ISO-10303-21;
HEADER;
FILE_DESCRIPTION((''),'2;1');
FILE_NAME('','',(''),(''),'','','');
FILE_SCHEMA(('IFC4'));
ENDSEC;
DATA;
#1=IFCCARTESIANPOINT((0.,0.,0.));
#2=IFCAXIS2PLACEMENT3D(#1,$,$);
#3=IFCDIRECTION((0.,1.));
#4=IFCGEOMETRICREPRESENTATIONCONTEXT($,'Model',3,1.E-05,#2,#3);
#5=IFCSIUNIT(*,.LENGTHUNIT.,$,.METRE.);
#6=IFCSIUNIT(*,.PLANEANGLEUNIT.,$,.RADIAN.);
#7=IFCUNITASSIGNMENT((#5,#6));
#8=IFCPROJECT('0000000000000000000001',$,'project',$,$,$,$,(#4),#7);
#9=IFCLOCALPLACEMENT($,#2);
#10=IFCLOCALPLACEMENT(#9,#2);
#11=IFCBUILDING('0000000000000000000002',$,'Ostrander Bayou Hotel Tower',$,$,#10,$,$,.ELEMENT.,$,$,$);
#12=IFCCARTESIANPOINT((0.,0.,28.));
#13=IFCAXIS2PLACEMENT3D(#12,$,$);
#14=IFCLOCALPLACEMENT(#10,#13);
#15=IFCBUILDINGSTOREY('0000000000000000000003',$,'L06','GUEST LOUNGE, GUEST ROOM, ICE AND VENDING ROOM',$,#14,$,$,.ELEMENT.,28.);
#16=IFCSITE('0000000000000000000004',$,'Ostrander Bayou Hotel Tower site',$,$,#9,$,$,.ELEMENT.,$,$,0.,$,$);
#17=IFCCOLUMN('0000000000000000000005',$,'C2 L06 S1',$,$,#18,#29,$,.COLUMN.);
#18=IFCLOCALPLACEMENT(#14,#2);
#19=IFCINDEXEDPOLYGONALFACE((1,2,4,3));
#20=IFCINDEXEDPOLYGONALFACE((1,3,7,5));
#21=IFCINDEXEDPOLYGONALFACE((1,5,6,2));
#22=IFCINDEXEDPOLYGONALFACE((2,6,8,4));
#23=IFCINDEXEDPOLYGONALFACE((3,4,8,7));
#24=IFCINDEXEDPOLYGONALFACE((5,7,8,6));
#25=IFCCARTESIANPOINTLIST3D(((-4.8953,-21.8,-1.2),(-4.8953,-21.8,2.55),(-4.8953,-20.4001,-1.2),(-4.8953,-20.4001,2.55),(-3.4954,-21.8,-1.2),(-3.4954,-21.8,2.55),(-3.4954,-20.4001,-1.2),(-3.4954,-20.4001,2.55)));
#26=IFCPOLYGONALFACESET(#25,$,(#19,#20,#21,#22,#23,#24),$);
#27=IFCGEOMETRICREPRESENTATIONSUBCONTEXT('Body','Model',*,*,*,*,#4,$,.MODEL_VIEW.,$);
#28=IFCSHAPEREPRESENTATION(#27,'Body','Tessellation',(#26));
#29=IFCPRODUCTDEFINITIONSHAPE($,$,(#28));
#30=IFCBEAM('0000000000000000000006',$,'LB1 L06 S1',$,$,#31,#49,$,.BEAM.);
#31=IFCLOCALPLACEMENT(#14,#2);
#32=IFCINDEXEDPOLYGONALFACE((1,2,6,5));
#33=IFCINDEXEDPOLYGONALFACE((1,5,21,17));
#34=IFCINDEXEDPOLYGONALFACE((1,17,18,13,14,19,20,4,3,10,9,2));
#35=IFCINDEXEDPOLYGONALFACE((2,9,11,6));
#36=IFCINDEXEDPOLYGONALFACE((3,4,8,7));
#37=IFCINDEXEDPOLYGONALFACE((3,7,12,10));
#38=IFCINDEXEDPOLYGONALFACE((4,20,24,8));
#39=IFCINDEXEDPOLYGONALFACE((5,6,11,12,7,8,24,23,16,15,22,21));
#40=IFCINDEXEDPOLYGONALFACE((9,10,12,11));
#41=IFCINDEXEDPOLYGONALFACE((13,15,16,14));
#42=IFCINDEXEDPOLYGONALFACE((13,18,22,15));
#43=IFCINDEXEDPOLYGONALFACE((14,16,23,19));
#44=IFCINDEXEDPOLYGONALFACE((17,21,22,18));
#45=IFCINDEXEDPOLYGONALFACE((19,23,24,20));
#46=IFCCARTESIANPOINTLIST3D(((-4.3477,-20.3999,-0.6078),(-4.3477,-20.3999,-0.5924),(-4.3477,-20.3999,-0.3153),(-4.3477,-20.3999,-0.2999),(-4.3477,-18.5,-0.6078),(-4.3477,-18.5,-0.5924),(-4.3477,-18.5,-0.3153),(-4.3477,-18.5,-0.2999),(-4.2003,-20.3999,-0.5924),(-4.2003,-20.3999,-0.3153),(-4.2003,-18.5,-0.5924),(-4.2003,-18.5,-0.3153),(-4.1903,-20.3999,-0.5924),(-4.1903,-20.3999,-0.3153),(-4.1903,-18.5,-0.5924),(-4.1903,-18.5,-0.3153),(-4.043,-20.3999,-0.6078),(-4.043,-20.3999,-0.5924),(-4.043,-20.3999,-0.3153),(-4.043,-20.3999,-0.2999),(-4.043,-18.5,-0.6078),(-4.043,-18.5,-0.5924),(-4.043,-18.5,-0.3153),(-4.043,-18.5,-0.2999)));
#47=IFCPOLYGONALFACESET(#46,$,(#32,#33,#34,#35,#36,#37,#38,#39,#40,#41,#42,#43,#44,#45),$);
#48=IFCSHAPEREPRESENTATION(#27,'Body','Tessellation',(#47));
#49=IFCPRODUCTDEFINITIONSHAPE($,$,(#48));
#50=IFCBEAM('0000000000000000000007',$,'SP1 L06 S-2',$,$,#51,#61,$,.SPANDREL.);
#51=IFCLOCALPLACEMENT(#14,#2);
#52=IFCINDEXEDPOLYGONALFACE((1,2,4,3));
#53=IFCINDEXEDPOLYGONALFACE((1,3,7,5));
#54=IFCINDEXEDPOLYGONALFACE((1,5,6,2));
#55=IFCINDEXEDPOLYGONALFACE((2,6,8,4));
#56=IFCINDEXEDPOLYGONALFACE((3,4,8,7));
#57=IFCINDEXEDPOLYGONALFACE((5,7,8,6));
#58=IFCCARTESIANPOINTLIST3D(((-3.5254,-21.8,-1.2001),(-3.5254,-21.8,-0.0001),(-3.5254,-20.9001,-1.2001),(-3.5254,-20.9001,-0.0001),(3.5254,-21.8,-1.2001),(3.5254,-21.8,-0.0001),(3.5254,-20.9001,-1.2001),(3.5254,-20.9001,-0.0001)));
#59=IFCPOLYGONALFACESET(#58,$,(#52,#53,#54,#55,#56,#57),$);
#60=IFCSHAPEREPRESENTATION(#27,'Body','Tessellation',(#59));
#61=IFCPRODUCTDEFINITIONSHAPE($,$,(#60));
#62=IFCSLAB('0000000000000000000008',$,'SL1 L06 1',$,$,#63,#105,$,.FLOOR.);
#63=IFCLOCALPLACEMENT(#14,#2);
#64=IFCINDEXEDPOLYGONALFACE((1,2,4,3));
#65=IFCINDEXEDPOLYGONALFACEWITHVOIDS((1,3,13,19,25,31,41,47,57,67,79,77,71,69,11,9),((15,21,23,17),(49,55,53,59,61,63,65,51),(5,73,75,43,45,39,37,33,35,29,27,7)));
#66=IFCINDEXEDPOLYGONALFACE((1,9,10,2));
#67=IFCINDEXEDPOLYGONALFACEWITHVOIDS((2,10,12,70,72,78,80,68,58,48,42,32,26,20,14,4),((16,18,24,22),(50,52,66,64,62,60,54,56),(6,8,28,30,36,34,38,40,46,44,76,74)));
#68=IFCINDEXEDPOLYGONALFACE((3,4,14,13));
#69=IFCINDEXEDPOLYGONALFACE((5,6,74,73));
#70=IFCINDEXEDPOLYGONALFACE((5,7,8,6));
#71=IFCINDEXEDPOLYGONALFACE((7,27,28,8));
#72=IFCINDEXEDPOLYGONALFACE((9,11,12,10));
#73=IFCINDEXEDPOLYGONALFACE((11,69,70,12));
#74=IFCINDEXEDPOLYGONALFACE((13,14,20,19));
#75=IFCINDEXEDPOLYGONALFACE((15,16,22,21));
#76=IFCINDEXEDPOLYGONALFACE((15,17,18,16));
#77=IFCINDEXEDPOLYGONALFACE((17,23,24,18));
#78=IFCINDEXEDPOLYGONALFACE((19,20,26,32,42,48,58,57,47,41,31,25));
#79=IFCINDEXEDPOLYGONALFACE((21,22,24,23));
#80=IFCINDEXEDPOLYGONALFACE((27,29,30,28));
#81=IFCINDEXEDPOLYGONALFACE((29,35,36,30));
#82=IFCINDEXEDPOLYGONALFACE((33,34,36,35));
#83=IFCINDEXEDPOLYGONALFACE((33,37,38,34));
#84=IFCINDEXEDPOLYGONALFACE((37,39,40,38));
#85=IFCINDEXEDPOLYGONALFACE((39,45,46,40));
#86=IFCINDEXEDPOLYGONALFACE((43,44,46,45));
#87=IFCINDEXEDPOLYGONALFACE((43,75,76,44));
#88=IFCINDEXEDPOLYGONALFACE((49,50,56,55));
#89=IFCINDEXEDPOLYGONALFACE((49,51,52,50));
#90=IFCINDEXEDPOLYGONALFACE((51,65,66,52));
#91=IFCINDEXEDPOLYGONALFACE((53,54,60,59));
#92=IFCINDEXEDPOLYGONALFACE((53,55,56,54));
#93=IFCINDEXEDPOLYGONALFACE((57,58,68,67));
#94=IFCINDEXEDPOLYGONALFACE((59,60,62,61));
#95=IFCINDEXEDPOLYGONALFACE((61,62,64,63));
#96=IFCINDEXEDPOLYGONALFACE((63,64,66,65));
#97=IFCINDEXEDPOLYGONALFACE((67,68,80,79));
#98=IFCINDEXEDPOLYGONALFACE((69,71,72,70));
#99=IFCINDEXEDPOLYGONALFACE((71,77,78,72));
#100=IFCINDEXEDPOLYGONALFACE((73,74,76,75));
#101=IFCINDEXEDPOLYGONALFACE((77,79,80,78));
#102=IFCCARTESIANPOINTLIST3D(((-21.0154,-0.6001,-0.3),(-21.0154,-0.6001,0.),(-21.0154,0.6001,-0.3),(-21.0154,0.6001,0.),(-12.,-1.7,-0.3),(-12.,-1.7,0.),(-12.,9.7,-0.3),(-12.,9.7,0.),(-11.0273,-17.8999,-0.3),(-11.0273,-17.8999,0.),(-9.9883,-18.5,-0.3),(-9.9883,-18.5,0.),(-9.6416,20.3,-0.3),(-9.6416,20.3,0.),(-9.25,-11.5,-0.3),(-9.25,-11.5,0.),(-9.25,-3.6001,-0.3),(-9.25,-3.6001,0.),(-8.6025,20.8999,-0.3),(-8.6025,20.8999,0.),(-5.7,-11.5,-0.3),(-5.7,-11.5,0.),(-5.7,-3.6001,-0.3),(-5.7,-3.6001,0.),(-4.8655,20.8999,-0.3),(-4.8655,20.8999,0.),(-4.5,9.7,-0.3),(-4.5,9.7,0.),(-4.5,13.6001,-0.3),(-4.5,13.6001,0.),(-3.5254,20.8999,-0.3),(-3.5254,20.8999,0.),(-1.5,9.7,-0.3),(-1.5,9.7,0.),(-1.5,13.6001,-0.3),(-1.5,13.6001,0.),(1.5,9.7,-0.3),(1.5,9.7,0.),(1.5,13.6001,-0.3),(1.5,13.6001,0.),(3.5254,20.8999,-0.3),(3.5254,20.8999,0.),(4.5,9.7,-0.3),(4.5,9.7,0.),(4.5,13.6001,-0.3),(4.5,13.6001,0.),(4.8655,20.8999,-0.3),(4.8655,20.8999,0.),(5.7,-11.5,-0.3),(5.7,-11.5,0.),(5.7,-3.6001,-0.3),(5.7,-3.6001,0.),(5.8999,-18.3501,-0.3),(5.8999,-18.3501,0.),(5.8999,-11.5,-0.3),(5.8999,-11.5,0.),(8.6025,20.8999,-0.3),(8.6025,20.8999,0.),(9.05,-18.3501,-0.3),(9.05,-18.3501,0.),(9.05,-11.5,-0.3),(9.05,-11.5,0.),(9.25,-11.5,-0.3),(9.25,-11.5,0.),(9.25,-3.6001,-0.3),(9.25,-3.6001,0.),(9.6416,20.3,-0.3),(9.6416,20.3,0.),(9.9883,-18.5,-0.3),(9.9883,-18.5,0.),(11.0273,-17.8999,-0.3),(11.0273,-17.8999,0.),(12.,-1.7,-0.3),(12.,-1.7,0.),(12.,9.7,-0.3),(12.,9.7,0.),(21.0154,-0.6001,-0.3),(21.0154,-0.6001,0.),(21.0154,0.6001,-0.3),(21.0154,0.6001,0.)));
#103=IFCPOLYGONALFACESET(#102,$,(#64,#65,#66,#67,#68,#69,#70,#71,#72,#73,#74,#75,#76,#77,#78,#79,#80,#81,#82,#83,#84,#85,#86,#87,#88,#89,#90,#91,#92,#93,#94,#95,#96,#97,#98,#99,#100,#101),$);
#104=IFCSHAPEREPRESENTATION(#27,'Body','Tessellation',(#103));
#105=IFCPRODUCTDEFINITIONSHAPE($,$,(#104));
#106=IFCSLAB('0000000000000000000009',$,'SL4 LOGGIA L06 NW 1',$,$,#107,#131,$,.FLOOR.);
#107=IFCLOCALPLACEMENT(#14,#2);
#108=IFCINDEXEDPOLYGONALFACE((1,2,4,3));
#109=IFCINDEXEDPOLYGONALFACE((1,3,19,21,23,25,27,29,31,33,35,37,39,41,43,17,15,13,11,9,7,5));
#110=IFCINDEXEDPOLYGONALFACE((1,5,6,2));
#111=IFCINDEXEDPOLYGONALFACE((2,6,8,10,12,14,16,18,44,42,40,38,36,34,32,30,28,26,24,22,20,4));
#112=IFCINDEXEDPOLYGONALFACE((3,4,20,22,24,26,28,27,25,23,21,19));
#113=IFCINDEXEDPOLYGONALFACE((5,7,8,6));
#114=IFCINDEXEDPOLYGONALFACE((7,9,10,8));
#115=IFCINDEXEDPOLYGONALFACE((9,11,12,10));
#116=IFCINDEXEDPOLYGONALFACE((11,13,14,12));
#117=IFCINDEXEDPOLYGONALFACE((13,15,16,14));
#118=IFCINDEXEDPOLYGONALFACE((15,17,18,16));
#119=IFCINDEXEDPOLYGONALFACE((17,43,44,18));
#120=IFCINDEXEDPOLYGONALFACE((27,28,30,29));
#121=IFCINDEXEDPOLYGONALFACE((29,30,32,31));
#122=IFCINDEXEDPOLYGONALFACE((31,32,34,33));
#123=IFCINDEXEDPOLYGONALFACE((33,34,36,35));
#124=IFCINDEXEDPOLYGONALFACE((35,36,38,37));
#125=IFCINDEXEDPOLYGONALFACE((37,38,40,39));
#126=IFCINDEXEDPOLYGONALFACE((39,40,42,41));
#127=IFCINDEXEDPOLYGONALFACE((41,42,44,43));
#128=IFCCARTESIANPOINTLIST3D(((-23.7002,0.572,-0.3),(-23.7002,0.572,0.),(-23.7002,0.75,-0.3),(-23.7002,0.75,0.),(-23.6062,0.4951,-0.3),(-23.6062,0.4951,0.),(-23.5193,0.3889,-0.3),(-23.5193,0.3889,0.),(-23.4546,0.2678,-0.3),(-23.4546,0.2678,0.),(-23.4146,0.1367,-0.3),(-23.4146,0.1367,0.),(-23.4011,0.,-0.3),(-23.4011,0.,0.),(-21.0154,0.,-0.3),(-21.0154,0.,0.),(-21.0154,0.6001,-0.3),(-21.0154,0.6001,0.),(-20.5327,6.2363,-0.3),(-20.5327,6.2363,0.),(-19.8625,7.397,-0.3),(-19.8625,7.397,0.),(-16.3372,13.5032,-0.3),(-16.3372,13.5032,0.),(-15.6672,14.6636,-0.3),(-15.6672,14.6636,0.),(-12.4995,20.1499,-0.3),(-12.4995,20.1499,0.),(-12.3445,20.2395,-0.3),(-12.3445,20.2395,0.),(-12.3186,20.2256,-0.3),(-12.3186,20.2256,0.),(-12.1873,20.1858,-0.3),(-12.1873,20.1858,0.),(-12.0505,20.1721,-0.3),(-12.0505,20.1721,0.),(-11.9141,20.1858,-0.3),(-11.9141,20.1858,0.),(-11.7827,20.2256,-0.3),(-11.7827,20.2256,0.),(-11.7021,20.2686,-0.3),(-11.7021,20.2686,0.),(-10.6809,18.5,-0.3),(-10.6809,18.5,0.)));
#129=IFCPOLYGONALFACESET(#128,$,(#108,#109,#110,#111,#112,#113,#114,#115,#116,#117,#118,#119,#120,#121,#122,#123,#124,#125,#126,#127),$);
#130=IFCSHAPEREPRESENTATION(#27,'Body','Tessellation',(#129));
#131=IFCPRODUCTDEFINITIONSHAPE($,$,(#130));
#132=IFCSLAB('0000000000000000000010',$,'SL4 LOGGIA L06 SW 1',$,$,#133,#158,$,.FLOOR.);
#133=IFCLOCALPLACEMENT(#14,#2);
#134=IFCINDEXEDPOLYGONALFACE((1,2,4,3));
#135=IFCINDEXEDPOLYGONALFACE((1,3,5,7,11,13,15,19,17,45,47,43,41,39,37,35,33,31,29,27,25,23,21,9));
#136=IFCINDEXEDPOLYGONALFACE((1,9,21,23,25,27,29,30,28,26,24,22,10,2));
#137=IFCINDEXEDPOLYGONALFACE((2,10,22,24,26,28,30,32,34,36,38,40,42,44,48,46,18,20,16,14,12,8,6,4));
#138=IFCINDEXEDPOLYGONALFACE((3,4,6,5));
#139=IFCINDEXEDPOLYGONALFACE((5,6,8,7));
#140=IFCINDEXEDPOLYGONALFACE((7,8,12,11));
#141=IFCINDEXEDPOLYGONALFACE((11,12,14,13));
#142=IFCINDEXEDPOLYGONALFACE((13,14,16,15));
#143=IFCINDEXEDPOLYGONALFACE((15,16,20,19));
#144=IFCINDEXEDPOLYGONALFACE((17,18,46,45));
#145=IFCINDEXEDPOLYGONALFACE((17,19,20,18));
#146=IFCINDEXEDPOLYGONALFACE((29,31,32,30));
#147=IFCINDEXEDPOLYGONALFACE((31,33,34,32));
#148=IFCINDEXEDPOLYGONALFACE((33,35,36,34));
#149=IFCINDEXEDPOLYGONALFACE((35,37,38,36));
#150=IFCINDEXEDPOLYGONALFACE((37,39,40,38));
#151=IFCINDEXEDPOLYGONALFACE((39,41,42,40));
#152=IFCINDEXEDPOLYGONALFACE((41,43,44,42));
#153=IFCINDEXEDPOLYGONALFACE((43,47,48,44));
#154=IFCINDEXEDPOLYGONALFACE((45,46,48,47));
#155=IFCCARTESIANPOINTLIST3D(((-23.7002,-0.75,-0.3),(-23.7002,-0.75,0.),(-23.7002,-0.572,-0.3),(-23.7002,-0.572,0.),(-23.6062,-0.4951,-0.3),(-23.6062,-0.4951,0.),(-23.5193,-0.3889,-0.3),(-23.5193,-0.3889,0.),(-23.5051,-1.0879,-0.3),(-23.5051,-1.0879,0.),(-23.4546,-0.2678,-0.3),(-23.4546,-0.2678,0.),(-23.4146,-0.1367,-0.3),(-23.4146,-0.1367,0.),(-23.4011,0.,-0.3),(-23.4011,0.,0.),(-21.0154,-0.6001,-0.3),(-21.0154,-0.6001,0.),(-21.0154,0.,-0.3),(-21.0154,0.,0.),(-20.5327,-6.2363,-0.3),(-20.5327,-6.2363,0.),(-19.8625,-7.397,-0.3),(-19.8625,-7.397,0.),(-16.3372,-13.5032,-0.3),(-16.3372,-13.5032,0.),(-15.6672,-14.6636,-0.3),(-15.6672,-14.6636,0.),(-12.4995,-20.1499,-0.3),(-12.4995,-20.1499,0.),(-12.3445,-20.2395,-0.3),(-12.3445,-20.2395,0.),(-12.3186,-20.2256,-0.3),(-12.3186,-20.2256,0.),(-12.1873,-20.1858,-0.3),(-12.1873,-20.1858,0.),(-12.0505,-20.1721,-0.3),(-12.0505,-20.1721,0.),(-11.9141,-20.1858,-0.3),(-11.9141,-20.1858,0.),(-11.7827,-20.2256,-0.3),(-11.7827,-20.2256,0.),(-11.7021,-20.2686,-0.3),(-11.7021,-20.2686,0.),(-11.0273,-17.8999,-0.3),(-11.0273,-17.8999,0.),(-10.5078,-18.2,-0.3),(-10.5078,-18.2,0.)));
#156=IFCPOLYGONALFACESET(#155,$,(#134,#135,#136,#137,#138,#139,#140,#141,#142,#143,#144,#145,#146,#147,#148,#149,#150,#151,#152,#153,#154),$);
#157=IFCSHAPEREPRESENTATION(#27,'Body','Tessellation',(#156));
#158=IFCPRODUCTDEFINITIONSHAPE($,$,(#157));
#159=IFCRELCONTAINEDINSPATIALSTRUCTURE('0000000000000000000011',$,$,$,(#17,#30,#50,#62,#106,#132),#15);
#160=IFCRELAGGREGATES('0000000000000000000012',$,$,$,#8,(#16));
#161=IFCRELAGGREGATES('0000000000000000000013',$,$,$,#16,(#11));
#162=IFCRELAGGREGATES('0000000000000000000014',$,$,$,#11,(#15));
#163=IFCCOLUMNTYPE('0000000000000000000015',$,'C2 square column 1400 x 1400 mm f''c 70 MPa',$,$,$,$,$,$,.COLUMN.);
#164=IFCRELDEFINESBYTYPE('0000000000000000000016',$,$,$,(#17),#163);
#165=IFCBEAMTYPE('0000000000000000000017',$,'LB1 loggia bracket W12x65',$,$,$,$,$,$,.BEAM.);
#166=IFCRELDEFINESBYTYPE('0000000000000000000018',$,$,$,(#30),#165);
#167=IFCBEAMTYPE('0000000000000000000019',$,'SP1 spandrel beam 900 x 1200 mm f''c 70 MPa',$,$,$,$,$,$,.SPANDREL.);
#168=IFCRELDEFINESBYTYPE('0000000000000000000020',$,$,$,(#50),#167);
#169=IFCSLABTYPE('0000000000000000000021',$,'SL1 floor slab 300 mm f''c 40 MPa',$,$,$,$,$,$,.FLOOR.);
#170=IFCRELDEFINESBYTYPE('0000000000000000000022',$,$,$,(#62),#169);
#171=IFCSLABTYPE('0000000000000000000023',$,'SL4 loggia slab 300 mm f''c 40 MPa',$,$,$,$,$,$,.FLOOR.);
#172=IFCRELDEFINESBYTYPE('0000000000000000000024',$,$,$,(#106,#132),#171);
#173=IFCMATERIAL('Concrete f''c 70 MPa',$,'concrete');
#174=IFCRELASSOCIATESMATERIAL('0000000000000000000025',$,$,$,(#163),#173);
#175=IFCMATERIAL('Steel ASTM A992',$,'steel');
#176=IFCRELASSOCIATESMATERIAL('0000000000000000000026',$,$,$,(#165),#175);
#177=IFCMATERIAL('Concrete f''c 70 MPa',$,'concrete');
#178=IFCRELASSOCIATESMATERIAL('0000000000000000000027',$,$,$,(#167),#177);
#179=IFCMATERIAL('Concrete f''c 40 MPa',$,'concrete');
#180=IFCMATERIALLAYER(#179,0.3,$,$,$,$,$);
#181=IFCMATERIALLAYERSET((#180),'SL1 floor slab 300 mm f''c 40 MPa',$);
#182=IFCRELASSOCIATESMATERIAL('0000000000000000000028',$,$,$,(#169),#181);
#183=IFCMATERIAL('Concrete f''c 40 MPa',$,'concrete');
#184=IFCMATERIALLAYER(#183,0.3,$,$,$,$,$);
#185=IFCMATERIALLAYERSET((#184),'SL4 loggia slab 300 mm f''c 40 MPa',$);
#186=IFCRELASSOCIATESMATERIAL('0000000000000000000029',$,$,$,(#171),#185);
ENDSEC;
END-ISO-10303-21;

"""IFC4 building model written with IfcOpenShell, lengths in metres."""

from ifc_helpers import new_model, si_unit, direction, frame, origin, origin_2d, place, context, subcontext, project, spatial, polyline, rectangle, i_section, outline, extrude, material, layer, layer_set, material_profile, profile_set, type_object, element, save


model = new_model("IFC4")

# Units and contexts
model_context = context("Model", 3, precision=1e-05, world=origin(), true_north=direction((0.0, 1.0)))
body_context = subcontext(model_context, "Body", "Model", "MODEL_VIEW")
ifc_project = project(units=[si_unit("LENGTHUNIT", "METRE"), si_unit("PLANEANGLEUNIT", "RADIAN")], contexts=[model_context])

# Site, building, storey
site_placement = place(None, origin())
site = spatial("IfcSite", under=ifc_project, at=site_placement, Name="Ostrander Bayou Hotel Tower site", CompositionType="ELEMENT", RefElevation=0.0)
building_placement = place(site_placement, origin())
building = spatial("IfcBuilding", under=site, at=building_placement, Name="Ostrander Bayou Hotel Tower", CompositionType="ELEMENT")
storey_placement = place(building_placement, frame((0.0, 0.0, 28.0)))
storey = spatial("IfcBuildingStorey", under=building, at=storey_placement, Name="L06", Description="GUEST LOUNGE, GUEST ROOM, ICE AND VENDING ROOM", CompositionType="ELEMENT", Elevation=28.0)

# Column
ifc_material_1 = material(Name="Concrete f'c 70 MPa", Category="concrete")
ifc_material_profile_1 = material_profile(ifc_material_1, rectangle(XDim=1.3999, YDim=1.3999, at=origin_2d()))
ifc_profile_set_1 = profile_set([ifc_material_profile_1], Name="Concrete f'c 70 MPa")
column_type = type_object("IfcColumnType", Name="C2 square column 1400 x 1400 mm f'c 70 MPa", PredefinedType="COLUMN", material=ifc_profile_set_1)
column_placement = place(storey_placement, frame((-4.1953, -21.1001, -1.2), z_axis=(0.0, 0.0, 1.0), x_axis=(-1.0, 0.0, 0.0)))
element("IfcColumn", 1, at=column_placement, inside=storey, type_object=column_type, Name="C2 L06 S1", PredefinedType="COLUMN", context=body_context, shape_type="SweptSolid", body=[
    extrude(rectangle(XDim=1.3999, YDim=1.3999, at=origin_2d()), origin(), (0.0, 0.0, 1.0), 3.75),
])

# Beams
ifc_material_2 = material(Name="Steel ASTM A992", Category="steel")
ifc_material_profile_2 = material_profile(ifc_material_2, i_section(OverallWidth=0.3047, OverallDepth=0.3079, WebThickness=0.01, FlangeThickness=0.0154, at=origin_2d()))
ifc_profile_set_2 = profile_set([ifc_material_profile_2], Name="Steel ASTM A992")
beam_type_1 = type_object("IfcBeamType", Name="LB1 loggia bracket W12x65", PredefinedType="BEAM", material=ifc_profile_set_2)
beam_1_placement = place(storey_placement, frame((-4.1953, -20.3999, -0.4539), z_axis=(0.0, 1.0, 0.0), x_axis=(-1.0, 0.0, 0.0)))
element("IfcBeam", 2, at=beam_1_placement, inside=storey, type_object=beam_type_1, Name="LB1 L06 S1", PredefinedType="BEAM", context=body_context, shape_type="SweptSolid", body=[
    extrude(i_section(OverallWidth=0.3047, OverallDepth=0.3079, WebThickness=0.01, FlangeThickness=0.0154, at=origin_2d()), origin(), (0.0, 0.0, 1.0), 1.8999),
])
ifc_material_3 = material(Name="Concrete f'c 70 MPa", Category="concrete")
ifc_material_profile_3 = material_profile(ifc_material_3, rectangle(XDim=0.8999, YDim=1.2, at=origin_2d()))
ifc_profile_set_3 = profile_set([ifc_material_profile_3], Name="Concrete f'c 70 MPa")
beam_type_2 = type_object("IfcBeamType", Name="SP1 spandrel beam 900 x 1200 mm f'c 70 MPa", PredefinedType="SPANDREL", material=ifc_profile_set_3)
beam_2_placement = place(storey_placement, frame((-3.5254, -21.3501, -0.6001), z_axis=(1.0, 0.0, 0.0), x_axis=(0.0, 1.0, 0.0)))
element("IfcBeam", 3, at=beam_2_placement, inside=storey, type_object=beam_type_2, Name="SP1 L06 S-2", PredefinedType="SPANDREL", context=body_context, shape_type="SweptSolid", body=[
    extrude(rectangle(XDim=0.8999, YDim=1.2, at=origin_2d()), origin(), (0.0, 0.0, 1.0), 7.0508),
])

# Slabs
ifc_material_4 = material(Name="Concrete f'c 40 MPa", Category="concrete")
ifc_layer_1 = layer(ifc_material_4, 0.3)
ifc_layer_set_1 = layer_set([ifc_layer_1], Name="SL1 floor slab 300 mm f'c 40 MPa")
slab_type_1 = type_object("IfcSlabType", Name="SL1 floor slab 300 mm f'c 40 MPa", PredefinedType="FLOOR", material=ifc_layer_set_1)
slab_1_placement = place(storey_placement, frame((0.0, 0.0, -0.3)))
element("IfcSlab", 4, at=slab_1_placement, inside=storey, type_object=slab_type_1, Name="SL1 L06 1", PredefinedType="FLOOR", context=body_context, shape_type="SweptSolid", body=[
    extrude(outline(polyline([(-3.5254, 20.8999), (3.5254, 20.8999), (4.8655, 20.8999), (8.6025, 20.8999), (9.6416, 20.3), (21.0154, 0.6001), (21.0154, -0.6001), (11.0273, -17.8999), (9.9883, -18.5), (-9.9883, -18.5), (-11.0273, -17.8999), (-21.0154, -0.6001), (-21.0154, 0.6001), (-9.6416, 20.3), (-8.6025, 20.8999), (-4.8655, 20.8999), (-3.5254, 20.8999)]), holes=[polyline([(-12.0, -1.7), (12.0, -1.7), (12.0, 9.7), (4.5, 9.7), (4.5, 13.6001), (1.5, 13.6001), (1.5, 9.7), (-1.5, 9.7), (-1.5, 13.6001), (-4.5, 13.6001), (-4.5, 9.7), (-12.0, 9.7), (-12.0, -1.7)]), polyline([(9.05, -11.5), (9.25, -11.5), (9.25, -3.6001), (5.7, -3.6001), (5.7, -11.5), (5.8999, -11.5), (5.8999, -18.3501), (9.05, -18.3501), (9.05, -11.5)]), polyline([(-5.7, -3.6001), (-9.25, -3.6001), (-9.25, -11.5), (-5.7, -11.5), (-5.7, -3.6001)])]), origin(), (0.0, 0.0, 1.0), 0.3),
])
ifc_material_5 = material(Name="Concrete f'c 40 MPa", Category="concrete")
ifc_layer_2 = layer(ifc_material_5, 0.3)
ifc_layer_set_2 = layer_set([ifc_layer_2], Name="SL4 loggia slab 300 mm f'c 40 MPa")
slab_type_2 = type_object("IfcSlabType", Name="SL4 loggia slab 300 mm f'c 40 MPa", PredefinedType="FLOOR", material=ifc_layer_set_2)
slab_2_placement = place(storey_placement, frame((0.0, 0.0, -0.3)))
element("IfcSlab", 5, at=slab_2_placement, inside=storey, type_object=slab_type_2, Name="SL4 LOGGIA L06 NW 1", PredefinedType="FLOOR", context=body_context, shape_type="SweptSolid", body=[
    extrude(outline(polyline([(-23.4011, 0.0), (-23.4146, 0.1367), (-23.4546, 0.2678), (-23.5193, 0.3889), (-23.6062, 0.4951), (-23.7002, 0.572), (-23.7002, 0.75), (-20.5327, 6.2363), (-19.8625, 7.397), (-16.3372, 13.5032), (-15.6672, 14.6636), (-12.4995, 20.1499), (-12.3445, 20.2395), (-12.3186, 20.2256), (-12.1873, 20.1858), (-12.0505, 20.1721), (-11.9141, 20.1858), (-11.7827, 20.2256), (-11.7021, 20.2686), (-10.6809, 18.5), (-21.0154, 0.6001), (-21.0154, 0.0), (-23.4011, 0.0)])), origin(), (0.0, 0.0, 1.0), 0.3),
])
slab_3_placement = place(storey_placement, frame((0.0, 0.0, -0.3)))
element("IfcSlab", 6, at=slab_3_placement, inside=storey, type_object=slab_type_2, Name="SL4 LOGGIA L06 SW 1", PredefinedType="FLOOR", context=body_context, shape_type="SweptSolid", body=[
    extrude(outline(polyline([(-10.5078, -18.2), (-11.7021, -20.2686), (-11.7827, -20.2256), (-11.9141, -20.1858), (-12.0505, -20.1721), (-12.1873, -20.1858), (-12.3186, -20.2256), (-12.3445, -20.2395), (-12.4995, -20.1499), (-15.6672, -14.6636), (-16.3372, -13.5032), (-19.8625, -7.397), (-20.5327, -6.2363), (-23.5051, -1.0879), (-23.7002, -0.75), (-23.7002, -0.572), (-23.6062, -0.4951), (-23.5193, -0.3889), (-23.4546, -0.2678), (-23.4146, -0.1367), (-23.4011, 0.0), (-21.0154, 0.0), (-21.0154, -0.6001), (-11.0273, -17.8999), (-10.5078, -18.2)])), origin(), (0.0, 0.0, 1.0), 0.3),
])

save(model, "model.ifc")
